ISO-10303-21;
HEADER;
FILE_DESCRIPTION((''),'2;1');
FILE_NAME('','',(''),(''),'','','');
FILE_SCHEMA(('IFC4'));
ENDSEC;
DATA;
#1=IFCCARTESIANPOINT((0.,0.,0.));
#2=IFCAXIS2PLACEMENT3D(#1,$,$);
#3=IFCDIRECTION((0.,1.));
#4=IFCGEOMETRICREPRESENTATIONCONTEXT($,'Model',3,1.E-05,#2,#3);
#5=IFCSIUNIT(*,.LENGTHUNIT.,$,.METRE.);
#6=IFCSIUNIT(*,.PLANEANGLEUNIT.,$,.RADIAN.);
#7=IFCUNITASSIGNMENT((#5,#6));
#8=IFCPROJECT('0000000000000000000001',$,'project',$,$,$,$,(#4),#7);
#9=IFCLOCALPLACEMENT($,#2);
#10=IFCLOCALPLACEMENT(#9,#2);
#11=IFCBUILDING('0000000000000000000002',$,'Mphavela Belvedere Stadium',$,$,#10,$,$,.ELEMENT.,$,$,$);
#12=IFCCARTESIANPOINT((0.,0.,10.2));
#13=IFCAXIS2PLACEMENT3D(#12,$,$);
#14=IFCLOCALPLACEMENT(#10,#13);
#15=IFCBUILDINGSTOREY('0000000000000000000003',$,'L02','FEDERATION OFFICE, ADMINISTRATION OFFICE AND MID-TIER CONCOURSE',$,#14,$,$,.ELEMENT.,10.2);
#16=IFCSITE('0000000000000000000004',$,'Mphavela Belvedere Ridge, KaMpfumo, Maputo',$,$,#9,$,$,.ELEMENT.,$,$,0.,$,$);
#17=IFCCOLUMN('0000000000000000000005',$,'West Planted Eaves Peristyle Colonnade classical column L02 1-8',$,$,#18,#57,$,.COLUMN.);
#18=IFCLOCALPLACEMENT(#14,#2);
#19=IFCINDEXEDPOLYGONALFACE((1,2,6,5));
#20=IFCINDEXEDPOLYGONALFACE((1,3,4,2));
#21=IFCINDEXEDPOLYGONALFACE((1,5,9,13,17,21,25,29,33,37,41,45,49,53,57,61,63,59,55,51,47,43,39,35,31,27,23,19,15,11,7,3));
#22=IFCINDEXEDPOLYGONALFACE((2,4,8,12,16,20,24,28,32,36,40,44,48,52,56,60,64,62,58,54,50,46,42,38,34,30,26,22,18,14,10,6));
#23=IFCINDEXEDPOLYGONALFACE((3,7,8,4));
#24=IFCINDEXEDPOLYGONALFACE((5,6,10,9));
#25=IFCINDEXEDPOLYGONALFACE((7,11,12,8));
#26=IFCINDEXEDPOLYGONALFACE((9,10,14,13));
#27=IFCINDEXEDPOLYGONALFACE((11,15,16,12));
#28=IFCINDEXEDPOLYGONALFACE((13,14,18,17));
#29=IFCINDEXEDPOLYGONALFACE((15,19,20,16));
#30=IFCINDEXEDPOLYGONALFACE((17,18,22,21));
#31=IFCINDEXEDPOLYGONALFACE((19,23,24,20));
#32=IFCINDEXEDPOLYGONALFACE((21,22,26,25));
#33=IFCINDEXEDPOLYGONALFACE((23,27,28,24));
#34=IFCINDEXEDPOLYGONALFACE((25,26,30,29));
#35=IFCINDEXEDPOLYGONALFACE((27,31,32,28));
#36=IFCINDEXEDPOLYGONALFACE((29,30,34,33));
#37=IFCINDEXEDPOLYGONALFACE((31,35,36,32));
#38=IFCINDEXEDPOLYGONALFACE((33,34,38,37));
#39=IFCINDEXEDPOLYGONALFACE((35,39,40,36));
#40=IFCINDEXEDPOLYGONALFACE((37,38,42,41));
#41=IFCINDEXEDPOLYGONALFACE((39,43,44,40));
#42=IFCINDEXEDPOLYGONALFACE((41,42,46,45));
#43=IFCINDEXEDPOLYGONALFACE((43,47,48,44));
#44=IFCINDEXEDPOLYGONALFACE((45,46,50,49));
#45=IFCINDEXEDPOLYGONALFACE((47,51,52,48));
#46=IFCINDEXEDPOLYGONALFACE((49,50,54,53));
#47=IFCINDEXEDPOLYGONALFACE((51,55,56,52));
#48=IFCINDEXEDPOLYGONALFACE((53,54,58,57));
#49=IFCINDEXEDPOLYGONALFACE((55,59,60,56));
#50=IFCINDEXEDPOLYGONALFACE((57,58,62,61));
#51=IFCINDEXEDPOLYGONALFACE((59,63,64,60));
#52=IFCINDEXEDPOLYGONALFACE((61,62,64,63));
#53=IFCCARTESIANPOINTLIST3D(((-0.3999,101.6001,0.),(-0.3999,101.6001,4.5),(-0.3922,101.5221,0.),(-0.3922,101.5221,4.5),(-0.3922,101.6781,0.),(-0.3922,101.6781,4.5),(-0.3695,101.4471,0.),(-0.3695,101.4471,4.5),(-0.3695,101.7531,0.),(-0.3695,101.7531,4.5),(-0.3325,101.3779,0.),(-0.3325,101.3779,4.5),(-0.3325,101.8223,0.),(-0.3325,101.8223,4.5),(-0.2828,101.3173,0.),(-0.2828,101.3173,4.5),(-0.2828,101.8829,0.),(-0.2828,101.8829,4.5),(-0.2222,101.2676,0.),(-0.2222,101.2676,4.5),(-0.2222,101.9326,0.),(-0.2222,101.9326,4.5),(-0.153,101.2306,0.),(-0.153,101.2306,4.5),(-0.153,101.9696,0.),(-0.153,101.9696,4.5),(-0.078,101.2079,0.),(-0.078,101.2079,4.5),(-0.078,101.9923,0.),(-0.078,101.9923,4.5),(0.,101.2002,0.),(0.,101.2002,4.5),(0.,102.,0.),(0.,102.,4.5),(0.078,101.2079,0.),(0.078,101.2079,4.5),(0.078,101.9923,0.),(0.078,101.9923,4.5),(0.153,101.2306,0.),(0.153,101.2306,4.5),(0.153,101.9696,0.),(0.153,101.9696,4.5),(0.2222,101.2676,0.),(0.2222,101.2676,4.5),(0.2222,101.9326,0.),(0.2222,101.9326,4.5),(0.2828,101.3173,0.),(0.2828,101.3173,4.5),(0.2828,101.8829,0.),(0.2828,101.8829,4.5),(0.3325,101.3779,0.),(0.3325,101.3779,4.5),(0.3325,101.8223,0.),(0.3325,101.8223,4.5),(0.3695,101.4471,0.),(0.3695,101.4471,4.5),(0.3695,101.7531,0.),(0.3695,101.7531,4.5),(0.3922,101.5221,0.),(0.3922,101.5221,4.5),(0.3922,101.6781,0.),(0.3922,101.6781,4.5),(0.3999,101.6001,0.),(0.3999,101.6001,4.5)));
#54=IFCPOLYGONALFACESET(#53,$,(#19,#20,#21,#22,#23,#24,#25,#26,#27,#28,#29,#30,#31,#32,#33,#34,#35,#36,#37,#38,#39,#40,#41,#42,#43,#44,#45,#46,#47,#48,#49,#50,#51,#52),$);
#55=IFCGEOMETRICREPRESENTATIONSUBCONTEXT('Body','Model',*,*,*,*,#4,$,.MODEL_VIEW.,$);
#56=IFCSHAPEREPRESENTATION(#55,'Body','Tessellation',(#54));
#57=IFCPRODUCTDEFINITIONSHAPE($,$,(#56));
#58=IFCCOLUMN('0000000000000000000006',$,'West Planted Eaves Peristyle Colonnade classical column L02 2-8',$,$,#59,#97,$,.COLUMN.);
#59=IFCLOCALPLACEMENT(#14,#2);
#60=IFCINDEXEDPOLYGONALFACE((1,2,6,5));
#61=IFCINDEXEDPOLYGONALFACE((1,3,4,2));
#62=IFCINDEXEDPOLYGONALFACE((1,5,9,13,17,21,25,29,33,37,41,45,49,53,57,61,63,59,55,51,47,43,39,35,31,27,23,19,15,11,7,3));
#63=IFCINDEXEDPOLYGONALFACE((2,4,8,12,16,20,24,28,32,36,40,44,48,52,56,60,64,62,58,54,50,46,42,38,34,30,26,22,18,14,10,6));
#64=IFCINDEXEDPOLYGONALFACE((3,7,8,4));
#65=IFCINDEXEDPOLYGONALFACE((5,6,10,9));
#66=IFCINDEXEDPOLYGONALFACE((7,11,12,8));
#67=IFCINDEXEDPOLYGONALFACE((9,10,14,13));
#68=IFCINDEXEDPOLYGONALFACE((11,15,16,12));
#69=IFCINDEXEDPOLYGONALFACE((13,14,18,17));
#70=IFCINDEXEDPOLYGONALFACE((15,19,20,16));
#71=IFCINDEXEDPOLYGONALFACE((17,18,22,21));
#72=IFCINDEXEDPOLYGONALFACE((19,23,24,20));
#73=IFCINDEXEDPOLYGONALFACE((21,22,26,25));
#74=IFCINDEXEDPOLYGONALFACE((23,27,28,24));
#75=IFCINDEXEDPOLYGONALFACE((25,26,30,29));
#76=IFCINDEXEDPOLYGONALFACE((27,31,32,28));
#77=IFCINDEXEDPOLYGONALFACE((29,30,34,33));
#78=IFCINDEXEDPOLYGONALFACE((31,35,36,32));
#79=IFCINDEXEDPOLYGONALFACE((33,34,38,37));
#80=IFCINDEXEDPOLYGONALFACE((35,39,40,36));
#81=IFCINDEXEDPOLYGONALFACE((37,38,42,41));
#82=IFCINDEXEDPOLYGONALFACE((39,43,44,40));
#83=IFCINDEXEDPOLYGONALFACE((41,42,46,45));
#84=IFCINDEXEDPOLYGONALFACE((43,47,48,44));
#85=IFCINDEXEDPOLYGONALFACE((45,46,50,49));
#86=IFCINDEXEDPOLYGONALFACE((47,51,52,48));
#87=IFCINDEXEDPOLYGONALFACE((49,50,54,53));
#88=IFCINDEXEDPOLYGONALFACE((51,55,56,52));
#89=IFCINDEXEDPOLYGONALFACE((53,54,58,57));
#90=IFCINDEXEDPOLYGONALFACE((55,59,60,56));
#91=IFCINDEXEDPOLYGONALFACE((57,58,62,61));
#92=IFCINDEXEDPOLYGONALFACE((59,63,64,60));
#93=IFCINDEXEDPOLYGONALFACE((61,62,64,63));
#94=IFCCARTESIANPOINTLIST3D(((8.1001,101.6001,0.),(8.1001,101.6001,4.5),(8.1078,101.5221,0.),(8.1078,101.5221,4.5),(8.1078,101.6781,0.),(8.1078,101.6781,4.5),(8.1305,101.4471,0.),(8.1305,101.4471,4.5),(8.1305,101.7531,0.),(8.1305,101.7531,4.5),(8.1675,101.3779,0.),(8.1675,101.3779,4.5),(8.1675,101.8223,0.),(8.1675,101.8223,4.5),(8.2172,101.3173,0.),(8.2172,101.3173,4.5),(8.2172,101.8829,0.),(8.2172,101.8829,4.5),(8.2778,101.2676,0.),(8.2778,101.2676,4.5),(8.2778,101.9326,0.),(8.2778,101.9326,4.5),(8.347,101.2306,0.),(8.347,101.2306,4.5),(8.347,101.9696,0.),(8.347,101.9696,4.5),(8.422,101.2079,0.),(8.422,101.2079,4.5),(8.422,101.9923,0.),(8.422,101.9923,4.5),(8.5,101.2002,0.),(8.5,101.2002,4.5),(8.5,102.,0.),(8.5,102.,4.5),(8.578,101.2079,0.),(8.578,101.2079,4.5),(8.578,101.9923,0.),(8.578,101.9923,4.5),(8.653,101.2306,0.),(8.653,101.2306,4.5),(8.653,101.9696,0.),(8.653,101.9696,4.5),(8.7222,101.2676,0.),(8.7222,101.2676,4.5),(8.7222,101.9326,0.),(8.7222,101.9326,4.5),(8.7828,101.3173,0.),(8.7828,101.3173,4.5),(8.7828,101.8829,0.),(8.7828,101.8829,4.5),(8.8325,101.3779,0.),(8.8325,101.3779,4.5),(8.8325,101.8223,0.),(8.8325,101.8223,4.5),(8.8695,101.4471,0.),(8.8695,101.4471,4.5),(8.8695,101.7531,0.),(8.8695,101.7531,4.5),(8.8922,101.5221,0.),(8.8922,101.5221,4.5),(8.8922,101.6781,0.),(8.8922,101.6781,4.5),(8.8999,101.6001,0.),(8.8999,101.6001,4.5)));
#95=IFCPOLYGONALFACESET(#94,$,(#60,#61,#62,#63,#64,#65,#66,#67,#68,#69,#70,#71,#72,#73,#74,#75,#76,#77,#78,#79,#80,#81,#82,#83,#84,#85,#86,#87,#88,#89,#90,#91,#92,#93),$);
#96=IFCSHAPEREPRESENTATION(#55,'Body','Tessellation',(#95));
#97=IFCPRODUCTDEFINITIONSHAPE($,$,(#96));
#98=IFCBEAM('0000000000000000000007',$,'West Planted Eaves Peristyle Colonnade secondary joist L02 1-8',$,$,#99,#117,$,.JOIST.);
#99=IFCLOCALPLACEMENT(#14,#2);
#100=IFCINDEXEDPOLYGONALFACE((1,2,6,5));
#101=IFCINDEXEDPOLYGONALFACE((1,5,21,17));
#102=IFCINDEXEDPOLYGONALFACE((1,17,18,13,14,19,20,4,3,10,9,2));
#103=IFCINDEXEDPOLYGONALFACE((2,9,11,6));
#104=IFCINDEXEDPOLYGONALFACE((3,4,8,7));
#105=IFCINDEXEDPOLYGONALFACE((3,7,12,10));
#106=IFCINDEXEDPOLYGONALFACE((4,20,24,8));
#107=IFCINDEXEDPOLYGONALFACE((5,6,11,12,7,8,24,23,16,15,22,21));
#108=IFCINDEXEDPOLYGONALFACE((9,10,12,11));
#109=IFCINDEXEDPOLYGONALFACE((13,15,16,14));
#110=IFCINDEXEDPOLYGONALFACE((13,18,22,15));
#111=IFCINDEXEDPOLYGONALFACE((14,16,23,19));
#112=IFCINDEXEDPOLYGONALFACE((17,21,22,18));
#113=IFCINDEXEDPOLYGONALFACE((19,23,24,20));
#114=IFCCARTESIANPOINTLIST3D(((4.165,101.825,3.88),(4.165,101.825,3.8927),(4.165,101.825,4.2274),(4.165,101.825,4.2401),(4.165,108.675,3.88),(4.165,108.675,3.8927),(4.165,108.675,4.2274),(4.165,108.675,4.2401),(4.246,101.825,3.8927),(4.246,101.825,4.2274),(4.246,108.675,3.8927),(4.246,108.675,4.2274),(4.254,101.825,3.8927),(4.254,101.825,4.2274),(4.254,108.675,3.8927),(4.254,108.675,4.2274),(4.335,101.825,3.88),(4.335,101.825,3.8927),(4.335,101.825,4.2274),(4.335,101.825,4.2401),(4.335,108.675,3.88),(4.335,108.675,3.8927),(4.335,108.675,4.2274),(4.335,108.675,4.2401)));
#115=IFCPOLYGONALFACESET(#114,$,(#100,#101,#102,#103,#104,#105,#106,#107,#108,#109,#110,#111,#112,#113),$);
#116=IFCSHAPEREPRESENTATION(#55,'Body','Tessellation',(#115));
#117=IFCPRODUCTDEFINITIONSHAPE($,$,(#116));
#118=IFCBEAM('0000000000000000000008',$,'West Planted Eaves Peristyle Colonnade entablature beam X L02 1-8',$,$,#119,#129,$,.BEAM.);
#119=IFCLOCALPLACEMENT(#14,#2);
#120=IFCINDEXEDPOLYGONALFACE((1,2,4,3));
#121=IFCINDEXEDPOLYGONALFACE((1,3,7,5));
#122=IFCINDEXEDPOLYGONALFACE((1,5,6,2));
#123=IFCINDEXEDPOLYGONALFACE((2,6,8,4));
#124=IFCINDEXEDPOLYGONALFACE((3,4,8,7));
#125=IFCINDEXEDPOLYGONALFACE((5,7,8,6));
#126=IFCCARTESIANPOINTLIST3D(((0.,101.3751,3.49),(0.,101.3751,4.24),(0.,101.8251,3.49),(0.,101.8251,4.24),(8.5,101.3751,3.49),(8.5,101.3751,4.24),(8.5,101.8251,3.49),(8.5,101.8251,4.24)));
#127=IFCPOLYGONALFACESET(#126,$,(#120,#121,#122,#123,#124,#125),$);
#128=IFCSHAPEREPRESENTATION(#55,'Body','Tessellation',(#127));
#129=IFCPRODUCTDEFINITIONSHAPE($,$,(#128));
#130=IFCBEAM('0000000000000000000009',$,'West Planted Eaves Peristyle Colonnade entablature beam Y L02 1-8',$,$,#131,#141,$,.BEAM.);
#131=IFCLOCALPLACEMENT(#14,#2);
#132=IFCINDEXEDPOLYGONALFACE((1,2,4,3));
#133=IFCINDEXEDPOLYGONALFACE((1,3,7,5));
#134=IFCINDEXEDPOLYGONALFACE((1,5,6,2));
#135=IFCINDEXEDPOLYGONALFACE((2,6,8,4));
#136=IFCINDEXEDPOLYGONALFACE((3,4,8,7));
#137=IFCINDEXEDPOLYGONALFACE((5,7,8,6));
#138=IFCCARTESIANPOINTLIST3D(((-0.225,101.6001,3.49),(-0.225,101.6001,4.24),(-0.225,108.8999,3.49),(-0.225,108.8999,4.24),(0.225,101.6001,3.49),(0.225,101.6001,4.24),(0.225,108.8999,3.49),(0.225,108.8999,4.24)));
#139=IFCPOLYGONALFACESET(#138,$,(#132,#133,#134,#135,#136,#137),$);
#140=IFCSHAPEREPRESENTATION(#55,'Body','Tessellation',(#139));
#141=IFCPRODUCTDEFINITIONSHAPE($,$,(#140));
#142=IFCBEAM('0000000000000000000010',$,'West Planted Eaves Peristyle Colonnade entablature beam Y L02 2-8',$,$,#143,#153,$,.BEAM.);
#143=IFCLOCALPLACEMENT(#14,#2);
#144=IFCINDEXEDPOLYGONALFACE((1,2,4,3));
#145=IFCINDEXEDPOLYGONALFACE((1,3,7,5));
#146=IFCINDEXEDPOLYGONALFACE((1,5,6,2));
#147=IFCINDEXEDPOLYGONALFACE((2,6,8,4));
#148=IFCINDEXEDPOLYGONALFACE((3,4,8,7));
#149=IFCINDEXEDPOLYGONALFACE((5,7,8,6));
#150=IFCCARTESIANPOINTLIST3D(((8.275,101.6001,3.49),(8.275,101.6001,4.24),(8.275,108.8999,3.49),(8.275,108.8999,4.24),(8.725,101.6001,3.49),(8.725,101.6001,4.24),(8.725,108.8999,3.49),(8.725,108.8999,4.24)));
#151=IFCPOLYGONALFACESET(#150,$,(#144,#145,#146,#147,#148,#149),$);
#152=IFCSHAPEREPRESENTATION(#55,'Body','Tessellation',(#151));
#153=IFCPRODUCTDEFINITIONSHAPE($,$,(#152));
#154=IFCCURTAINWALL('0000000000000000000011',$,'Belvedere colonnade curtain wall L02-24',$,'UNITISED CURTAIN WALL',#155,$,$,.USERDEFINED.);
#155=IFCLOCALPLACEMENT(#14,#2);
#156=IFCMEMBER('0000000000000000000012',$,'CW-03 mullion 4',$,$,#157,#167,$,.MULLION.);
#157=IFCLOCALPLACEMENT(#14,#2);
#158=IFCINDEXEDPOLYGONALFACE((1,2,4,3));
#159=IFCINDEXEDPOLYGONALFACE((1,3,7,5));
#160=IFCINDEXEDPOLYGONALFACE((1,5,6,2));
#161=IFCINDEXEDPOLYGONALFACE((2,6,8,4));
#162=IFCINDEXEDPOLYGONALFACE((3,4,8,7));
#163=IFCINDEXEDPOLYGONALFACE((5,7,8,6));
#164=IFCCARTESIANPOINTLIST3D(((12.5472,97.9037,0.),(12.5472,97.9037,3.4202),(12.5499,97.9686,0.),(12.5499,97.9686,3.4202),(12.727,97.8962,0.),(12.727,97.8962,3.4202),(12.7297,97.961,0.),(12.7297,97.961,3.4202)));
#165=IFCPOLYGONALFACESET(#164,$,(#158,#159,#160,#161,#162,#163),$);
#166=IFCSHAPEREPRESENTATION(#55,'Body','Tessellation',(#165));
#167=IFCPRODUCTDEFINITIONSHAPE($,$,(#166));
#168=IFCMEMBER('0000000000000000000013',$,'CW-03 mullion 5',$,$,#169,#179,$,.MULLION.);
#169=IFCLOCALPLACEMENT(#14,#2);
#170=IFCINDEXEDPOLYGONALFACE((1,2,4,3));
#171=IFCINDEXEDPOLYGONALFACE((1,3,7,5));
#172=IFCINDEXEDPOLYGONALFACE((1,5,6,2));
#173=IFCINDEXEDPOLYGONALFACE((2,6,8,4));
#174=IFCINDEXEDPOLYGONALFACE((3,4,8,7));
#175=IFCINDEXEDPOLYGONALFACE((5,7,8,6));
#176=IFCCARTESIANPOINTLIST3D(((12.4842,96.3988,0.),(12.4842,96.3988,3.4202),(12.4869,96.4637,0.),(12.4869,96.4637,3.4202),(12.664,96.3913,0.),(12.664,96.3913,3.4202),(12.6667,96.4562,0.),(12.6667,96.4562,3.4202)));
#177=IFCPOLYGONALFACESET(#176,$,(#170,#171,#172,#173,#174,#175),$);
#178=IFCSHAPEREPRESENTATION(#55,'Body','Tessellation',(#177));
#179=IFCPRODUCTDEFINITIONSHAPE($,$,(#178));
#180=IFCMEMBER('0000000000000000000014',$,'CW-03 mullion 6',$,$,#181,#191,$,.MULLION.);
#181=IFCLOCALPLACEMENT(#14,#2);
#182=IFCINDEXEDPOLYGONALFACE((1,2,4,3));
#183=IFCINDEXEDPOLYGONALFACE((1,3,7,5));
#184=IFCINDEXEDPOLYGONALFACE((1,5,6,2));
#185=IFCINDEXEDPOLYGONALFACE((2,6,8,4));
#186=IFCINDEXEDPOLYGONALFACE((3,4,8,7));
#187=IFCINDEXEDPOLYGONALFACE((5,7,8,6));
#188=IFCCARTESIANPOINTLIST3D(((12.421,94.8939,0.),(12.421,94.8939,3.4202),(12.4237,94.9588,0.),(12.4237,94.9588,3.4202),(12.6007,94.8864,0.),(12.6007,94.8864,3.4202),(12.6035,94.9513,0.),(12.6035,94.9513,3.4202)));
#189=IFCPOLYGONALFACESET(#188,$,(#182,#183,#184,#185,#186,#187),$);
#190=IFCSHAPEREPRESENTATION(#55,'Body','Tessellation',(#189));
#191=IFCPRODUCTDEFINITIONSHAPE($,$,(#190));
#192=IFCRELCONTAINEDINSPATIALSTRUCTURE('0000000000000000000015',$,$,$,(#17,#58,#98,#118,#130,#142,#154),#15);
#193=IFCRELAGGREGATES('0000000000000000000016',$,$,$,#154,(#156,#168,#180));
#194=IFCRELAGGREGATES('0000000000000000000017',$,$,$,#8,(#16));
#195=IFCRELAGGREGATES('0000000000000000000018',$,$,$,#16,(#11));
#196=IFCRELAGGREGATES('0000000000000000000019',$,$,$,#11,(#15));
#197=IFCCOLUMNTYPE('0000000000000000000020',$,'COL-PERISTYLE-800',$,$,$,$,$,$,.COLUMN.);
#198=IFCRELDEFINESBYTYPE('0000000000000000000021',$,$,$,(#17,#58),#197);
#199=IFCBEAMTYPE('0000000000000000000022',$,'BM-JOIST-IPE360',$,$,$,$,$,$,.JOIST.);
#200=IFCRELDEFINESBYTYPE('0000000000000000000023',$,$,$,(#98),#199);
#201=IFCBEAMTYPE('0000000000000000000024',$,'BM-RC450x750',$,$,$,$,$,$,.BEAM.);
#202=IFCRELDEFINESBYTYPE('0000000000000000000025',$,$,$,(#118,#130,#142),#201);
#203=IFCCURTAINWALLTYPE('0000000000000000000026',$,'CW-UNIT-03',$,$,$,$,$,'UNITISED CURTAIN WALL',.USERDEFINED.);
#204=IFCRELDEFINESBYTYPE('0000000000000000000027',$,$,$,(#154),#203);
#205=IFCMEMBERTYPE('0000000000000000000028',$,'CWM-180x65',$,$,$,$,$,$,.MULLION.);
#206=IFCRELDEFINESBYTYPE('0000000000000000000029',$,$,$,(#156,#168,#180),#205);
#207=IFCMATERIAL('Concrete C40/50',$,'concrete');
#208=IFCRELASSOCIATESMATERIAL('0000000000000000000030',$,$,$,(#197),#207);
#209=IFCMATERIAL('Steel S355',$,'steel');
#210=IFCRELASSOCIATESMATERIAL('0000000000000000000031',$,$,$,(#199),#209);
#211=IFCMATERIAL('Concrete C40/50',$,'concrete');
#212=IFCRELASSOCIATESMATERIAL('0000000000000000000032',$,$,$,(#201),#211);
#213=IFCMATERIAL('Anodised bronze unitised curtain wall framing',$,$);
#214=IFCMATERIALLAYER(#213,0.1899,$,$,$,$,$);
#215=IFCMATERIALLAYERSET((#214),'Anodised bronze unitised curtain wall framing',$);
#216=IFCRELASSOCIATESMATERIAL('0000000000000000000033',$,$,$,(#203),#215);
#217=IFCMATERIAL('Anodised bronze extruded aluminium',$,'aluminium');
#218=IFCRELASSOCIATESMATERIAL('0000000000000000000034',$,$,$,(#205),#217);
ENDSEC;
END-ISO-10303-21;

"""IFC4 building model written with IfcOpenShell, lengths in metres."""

from ifc_helpers import new_model, si_unit, direction, frame, origin, origin_2d, place, context, subcontext, project, spatial, rectangle, circle, i_section, extrude, material, layer, layer_set, material_profile, profile_set, type_object, element, aggregate, save


model = new_model("IFC4")

# Units and contexts
model_context = context("Model", 3, precision=1e-05, world=origin(), true_north=direction((0.0, 1.0)))
body_context = subcontext(model_context, "Body", "Model", "MODEL_VIEW")
ifc_project = project(units=[si_unit("LENGTHUNIT", "METRE"), si_unit("PLANEANGLEUNIT", "RADIAN")], contexts=[model_context])

# Site, building, storey
site_placement = place(None, origin())
site = spatial("IfcSite", under=ifc_project, at=site_placement, Name="Mphavela Belvedere Ridge, KaMpfumo, Maputo", CompositionType="ELEMENT", RefElevation=0.0)
building_placement = place(site_placement, origin())
building = spatial("IfcBuilding", under=site, at=building_placement, Name="Mphavela Belvedere Stadium", CompositionType="ELEMENT")
storey_placement = place(building_placement, frame((0.0, 0.0, 10.2)))
storey = spatial("IfcBuildingStorey", under=building, at=storey_placement, Name="L02", Description="FEDERATION OFFICE, ADMINISTRATION OFFICE AND MID-TIER CONCOURSE", CompositionType="ELEMENT", Elevation=10.2)

# Columns
ifc_material_1 = material(Name="Concrete C40/50", Category="concrete")
ifc_material_profile_1 = material_profile(ifc_material_1, circle(Radius=0.3999, at=origin_2d()), Name="COL D800")
ifc_profile_set_1 = profile_set([ifc_material_profile_1], Name="Concrete C40/50")
column_type = type_object("IfcColumnType", Name="COL-PERISTYLE-800", PredefinedType="COLUMN", material=ifc_profile_set_1)
for number, where, z_axis, x_axis, name in (
    (1, (0.0, 101.6001, 0.0), (0.0, 0.0, 1.0), (1.0, 0.0, 0.0), "West Planted Eaves Peristyle Colonnade classical column L02 1-8"),
    (2, (8.5, 101.6001, 0.0), (0.0, 0.0, 1.0), (1.0, 0.0, 0.0), "West Planted Eaves Peristyle Colonnade classical column L02 2-8"),
):
    element("IfcColumn", number, at=place(storey_placement, frame(where, z_axis=z_axis, x_axis=x_axis)), inside=storey, type_object=column_type, Name=name, PredefinedType="COLUMN", context=body_context, shape_type="SweptSolid", body=[
        extrude(circle(Radius=0.3999, at=origin_2d()), origin(), (0.0, 0.0, 1.0), 4.5),
    ])

# Beams
ifc_material_2 = material(Name="Steel S355", Category="steel")
ifc_material_profile_2 = material_profile(ifc_material_2, i_section(OverallWidth=0.1699, OverallDepth=0.3601, WebThickness=0.0081, FlangeThickness=0.0127, at=origin_2d()), Name="IPE 360")
ifc_profile_set_2 = profile_set([ifc_material_profile_2], Name="Steel S355")
beam_type_1 = type_object("IfcBeamType", Name="BM-JOIST-IPE360", PredefinedType="JOIST", material=ifc_profile_set_2)
beam_1_placement = place(storey_placement, frame((4.25, 101.825, 4.0601), z_axis=(0.0, 1.0, 0.0), x_axis=(-1.0, 0.0, 0.0)))
element("IfcBeam", 3, at=beam_1_placement, inside=storey, type_object=beam_type_1, Name="West Planted Eaves Peristyle Colonnade secondary joist L02 1-8", PredefinedType="JOIST", context=body_context, shape_type="SweptSolid", body=[
    extrude(i_section(OverallWidth=0.1699, OverallDepth=0.3601, WebThickness=0.0081, FlangeThickness=0.0127, at=origin_2d()), origin(), (0.0, 0.0, 1.0), 6.8501),
])
ifc_material_3 = material(Name="Concrete C40/50", Category="concrete")
ifc_material_profile_3 = material_profile(ifc_material_3, rectangle(XDim=0.45, YDim=0.75, at=origin_2d()), Name="RC 450x750")
ifc_profile_set_3 = profile_set([ifc_material_profile_3], Name="Concrete C40/50")
beam_type_2 = type_object("IfcBeamType", Name="BM-RC450x750", PredefinedType="BEAM", material=ifc_profile_set_3)
beam_2_placement = place(storey_placement, frame((0.0, 101.6001, 3.865), z_axis=(1.0, 0.0, 0.0), x_axis=(0.0, 1.0, 0.0)))
element("IfcBeam", 4, at=beam_2_placement, inside=storey, type_object=beam_type_2, Name="West Planted Eaves Peristyle Colonnade entablature beam X L02 1-8", PredefinedType="BEAM", context=body_context, shape_type="SweptSolid", body=[
    extrude(rectangle(XDim=0.45, YDim=0.75, at=origin_2d()), origin(), (0.0, 0.0, 1.0), 8.5),
])
for number, where, z_axis, x_axis, name in (
    (5, (0.0, 101.6001, 3.865), (0.0, 1.0, 0.0), (-1.0, 0.0, 0.0), "West Planted Eaves Peristyle Colonnade entablature beam Y L02 1-8"),
    (6, (8.5, 101.6001, 3.865), (0.0, 1.0, 0.0), (-1.0, 0.0, 0.0), "West Planted Eaves Peristyle Colonnade entablature beam Y L02 2-8"),
):
    element("IfcBeam", number, at=place(storey_placement, frame(where, z_axis=z_axis, x_axis=x_axis)), inside=storey, type_object=beam_type_2, Name=name, PredefinedType="BEAM", context=body_context, shape_type="SweptSolid", body=[
        extrude(rectangle(XDim=0.45, YDim=0.75, at=origin_2d()), origin(), (0.0, 0.0, 1.0), 7.2998),
    ])

# Curtain wall, members
ifc_material_4 = material(Name="Anodised bronze unitised curtain wall framing")
ifc_layer_1 = layer(ifc_material_4, 0.1899)
ifc_layer_set_1 = layer_set([ifc_layer_1], Name="Anodised bronze unitised curtain wall framing")
curtain_wall_type = type_object("IfcCurtainWallType", Name="CW-UNIT-03", ElementType="UNITISED CURTAIN WALL", PredefinedType="USERDEFINED", material=ifc_layer_set_1)
curtain_wall_placement = place(storey_placement, origin())
curtain_wall = element("IfcCurtainWall", 7, at=curtain_wall_placement, inside=storey, type_object=curtain_wall_type, Name="Belvedere colonnade curtain wall L02-24", ObjectType="UNITISED CURTAIN WALL", PredefinedType="USERDEFINED")
ifc_material_5 = material(Name="Anodised bronze extruded aluminium", Category="aluminium")
ifc_material_profile_4 = material_profile(ifc_material_5, rectangle(XDim=0.1799, YDim=0.0649, at=origin_2d()), Name="CW-MUL 180x65")
ifc_profile_set_4 = profile_set([ifc_material_profile_4], Name="Anodised bronze extruded aluminium")
member_type_1 = type_object("IfcMemberType", Name="CWM-180x65", PredefinedType="MULLION", material=ifc_profile_set_4)
member_1_placement = place(storey_placement, frame((12.6384, 97.9324, 0.0), z_axis=(0.0, 0.0, 1.0), x_axis=(0.999122, -0.041904, 0.0)))
member_1 = element("IfcMember", 8, at=member_1_placement, type_object=member_type_1, Name="CW-03 mullion 4", PredefinedType="MULLION", context=body_context, shape_type="SweptSolid", body=[
    extrude(rectangle(XDim=0.1799, YDim=0.0649, at=origin_2d()), origin(), (0.0, 0.0, 1.0), 3.4202),
])
member_2_placement = place(storey_placement, frame((12.5754, 96.4275, 0.0), z_axis=(0.0, 0.0, 1.0), x_axis=(0.999122, -0.041904, 0.0)))
member_2 = element("IfcMember", 9, at=member_2_placement, type_object=member_type_1, Name="CW-03 mullion 5", PredefinedType="MULLION", context=body_context, shape_type="SweptSolid", body=[
    extrude(rectangle(XDim=0.1799, YDim=0.0649, at=origin_2d()), origin(), (0.0, 0.0, 1.0), 3.4202),
])
member_3_placement = place(storey_placement, frame((12.5122, 94.9226, 0.0), z_axis=(0.0, 0.0, 1.0), x_axis=(0.999122, -0.041904, 0.0)))
member_3 = element("IfcMember", 10, at=member_3_placement, type_object=member_type_1, Name="CW-03 mullion 6", PredefinedType="MULLION", context=body_context, shape_type="SweptSolid", body=[
    extrude(rectangle(XDim=0.1799, YDim=0.0649, at=origin_2d()), origin(), (0.0, 0.0, 1.0), 3.4202),
])
aggregate(curtain_wall, [member_1, member_2, member_3])

save(model, "model.ifc")
